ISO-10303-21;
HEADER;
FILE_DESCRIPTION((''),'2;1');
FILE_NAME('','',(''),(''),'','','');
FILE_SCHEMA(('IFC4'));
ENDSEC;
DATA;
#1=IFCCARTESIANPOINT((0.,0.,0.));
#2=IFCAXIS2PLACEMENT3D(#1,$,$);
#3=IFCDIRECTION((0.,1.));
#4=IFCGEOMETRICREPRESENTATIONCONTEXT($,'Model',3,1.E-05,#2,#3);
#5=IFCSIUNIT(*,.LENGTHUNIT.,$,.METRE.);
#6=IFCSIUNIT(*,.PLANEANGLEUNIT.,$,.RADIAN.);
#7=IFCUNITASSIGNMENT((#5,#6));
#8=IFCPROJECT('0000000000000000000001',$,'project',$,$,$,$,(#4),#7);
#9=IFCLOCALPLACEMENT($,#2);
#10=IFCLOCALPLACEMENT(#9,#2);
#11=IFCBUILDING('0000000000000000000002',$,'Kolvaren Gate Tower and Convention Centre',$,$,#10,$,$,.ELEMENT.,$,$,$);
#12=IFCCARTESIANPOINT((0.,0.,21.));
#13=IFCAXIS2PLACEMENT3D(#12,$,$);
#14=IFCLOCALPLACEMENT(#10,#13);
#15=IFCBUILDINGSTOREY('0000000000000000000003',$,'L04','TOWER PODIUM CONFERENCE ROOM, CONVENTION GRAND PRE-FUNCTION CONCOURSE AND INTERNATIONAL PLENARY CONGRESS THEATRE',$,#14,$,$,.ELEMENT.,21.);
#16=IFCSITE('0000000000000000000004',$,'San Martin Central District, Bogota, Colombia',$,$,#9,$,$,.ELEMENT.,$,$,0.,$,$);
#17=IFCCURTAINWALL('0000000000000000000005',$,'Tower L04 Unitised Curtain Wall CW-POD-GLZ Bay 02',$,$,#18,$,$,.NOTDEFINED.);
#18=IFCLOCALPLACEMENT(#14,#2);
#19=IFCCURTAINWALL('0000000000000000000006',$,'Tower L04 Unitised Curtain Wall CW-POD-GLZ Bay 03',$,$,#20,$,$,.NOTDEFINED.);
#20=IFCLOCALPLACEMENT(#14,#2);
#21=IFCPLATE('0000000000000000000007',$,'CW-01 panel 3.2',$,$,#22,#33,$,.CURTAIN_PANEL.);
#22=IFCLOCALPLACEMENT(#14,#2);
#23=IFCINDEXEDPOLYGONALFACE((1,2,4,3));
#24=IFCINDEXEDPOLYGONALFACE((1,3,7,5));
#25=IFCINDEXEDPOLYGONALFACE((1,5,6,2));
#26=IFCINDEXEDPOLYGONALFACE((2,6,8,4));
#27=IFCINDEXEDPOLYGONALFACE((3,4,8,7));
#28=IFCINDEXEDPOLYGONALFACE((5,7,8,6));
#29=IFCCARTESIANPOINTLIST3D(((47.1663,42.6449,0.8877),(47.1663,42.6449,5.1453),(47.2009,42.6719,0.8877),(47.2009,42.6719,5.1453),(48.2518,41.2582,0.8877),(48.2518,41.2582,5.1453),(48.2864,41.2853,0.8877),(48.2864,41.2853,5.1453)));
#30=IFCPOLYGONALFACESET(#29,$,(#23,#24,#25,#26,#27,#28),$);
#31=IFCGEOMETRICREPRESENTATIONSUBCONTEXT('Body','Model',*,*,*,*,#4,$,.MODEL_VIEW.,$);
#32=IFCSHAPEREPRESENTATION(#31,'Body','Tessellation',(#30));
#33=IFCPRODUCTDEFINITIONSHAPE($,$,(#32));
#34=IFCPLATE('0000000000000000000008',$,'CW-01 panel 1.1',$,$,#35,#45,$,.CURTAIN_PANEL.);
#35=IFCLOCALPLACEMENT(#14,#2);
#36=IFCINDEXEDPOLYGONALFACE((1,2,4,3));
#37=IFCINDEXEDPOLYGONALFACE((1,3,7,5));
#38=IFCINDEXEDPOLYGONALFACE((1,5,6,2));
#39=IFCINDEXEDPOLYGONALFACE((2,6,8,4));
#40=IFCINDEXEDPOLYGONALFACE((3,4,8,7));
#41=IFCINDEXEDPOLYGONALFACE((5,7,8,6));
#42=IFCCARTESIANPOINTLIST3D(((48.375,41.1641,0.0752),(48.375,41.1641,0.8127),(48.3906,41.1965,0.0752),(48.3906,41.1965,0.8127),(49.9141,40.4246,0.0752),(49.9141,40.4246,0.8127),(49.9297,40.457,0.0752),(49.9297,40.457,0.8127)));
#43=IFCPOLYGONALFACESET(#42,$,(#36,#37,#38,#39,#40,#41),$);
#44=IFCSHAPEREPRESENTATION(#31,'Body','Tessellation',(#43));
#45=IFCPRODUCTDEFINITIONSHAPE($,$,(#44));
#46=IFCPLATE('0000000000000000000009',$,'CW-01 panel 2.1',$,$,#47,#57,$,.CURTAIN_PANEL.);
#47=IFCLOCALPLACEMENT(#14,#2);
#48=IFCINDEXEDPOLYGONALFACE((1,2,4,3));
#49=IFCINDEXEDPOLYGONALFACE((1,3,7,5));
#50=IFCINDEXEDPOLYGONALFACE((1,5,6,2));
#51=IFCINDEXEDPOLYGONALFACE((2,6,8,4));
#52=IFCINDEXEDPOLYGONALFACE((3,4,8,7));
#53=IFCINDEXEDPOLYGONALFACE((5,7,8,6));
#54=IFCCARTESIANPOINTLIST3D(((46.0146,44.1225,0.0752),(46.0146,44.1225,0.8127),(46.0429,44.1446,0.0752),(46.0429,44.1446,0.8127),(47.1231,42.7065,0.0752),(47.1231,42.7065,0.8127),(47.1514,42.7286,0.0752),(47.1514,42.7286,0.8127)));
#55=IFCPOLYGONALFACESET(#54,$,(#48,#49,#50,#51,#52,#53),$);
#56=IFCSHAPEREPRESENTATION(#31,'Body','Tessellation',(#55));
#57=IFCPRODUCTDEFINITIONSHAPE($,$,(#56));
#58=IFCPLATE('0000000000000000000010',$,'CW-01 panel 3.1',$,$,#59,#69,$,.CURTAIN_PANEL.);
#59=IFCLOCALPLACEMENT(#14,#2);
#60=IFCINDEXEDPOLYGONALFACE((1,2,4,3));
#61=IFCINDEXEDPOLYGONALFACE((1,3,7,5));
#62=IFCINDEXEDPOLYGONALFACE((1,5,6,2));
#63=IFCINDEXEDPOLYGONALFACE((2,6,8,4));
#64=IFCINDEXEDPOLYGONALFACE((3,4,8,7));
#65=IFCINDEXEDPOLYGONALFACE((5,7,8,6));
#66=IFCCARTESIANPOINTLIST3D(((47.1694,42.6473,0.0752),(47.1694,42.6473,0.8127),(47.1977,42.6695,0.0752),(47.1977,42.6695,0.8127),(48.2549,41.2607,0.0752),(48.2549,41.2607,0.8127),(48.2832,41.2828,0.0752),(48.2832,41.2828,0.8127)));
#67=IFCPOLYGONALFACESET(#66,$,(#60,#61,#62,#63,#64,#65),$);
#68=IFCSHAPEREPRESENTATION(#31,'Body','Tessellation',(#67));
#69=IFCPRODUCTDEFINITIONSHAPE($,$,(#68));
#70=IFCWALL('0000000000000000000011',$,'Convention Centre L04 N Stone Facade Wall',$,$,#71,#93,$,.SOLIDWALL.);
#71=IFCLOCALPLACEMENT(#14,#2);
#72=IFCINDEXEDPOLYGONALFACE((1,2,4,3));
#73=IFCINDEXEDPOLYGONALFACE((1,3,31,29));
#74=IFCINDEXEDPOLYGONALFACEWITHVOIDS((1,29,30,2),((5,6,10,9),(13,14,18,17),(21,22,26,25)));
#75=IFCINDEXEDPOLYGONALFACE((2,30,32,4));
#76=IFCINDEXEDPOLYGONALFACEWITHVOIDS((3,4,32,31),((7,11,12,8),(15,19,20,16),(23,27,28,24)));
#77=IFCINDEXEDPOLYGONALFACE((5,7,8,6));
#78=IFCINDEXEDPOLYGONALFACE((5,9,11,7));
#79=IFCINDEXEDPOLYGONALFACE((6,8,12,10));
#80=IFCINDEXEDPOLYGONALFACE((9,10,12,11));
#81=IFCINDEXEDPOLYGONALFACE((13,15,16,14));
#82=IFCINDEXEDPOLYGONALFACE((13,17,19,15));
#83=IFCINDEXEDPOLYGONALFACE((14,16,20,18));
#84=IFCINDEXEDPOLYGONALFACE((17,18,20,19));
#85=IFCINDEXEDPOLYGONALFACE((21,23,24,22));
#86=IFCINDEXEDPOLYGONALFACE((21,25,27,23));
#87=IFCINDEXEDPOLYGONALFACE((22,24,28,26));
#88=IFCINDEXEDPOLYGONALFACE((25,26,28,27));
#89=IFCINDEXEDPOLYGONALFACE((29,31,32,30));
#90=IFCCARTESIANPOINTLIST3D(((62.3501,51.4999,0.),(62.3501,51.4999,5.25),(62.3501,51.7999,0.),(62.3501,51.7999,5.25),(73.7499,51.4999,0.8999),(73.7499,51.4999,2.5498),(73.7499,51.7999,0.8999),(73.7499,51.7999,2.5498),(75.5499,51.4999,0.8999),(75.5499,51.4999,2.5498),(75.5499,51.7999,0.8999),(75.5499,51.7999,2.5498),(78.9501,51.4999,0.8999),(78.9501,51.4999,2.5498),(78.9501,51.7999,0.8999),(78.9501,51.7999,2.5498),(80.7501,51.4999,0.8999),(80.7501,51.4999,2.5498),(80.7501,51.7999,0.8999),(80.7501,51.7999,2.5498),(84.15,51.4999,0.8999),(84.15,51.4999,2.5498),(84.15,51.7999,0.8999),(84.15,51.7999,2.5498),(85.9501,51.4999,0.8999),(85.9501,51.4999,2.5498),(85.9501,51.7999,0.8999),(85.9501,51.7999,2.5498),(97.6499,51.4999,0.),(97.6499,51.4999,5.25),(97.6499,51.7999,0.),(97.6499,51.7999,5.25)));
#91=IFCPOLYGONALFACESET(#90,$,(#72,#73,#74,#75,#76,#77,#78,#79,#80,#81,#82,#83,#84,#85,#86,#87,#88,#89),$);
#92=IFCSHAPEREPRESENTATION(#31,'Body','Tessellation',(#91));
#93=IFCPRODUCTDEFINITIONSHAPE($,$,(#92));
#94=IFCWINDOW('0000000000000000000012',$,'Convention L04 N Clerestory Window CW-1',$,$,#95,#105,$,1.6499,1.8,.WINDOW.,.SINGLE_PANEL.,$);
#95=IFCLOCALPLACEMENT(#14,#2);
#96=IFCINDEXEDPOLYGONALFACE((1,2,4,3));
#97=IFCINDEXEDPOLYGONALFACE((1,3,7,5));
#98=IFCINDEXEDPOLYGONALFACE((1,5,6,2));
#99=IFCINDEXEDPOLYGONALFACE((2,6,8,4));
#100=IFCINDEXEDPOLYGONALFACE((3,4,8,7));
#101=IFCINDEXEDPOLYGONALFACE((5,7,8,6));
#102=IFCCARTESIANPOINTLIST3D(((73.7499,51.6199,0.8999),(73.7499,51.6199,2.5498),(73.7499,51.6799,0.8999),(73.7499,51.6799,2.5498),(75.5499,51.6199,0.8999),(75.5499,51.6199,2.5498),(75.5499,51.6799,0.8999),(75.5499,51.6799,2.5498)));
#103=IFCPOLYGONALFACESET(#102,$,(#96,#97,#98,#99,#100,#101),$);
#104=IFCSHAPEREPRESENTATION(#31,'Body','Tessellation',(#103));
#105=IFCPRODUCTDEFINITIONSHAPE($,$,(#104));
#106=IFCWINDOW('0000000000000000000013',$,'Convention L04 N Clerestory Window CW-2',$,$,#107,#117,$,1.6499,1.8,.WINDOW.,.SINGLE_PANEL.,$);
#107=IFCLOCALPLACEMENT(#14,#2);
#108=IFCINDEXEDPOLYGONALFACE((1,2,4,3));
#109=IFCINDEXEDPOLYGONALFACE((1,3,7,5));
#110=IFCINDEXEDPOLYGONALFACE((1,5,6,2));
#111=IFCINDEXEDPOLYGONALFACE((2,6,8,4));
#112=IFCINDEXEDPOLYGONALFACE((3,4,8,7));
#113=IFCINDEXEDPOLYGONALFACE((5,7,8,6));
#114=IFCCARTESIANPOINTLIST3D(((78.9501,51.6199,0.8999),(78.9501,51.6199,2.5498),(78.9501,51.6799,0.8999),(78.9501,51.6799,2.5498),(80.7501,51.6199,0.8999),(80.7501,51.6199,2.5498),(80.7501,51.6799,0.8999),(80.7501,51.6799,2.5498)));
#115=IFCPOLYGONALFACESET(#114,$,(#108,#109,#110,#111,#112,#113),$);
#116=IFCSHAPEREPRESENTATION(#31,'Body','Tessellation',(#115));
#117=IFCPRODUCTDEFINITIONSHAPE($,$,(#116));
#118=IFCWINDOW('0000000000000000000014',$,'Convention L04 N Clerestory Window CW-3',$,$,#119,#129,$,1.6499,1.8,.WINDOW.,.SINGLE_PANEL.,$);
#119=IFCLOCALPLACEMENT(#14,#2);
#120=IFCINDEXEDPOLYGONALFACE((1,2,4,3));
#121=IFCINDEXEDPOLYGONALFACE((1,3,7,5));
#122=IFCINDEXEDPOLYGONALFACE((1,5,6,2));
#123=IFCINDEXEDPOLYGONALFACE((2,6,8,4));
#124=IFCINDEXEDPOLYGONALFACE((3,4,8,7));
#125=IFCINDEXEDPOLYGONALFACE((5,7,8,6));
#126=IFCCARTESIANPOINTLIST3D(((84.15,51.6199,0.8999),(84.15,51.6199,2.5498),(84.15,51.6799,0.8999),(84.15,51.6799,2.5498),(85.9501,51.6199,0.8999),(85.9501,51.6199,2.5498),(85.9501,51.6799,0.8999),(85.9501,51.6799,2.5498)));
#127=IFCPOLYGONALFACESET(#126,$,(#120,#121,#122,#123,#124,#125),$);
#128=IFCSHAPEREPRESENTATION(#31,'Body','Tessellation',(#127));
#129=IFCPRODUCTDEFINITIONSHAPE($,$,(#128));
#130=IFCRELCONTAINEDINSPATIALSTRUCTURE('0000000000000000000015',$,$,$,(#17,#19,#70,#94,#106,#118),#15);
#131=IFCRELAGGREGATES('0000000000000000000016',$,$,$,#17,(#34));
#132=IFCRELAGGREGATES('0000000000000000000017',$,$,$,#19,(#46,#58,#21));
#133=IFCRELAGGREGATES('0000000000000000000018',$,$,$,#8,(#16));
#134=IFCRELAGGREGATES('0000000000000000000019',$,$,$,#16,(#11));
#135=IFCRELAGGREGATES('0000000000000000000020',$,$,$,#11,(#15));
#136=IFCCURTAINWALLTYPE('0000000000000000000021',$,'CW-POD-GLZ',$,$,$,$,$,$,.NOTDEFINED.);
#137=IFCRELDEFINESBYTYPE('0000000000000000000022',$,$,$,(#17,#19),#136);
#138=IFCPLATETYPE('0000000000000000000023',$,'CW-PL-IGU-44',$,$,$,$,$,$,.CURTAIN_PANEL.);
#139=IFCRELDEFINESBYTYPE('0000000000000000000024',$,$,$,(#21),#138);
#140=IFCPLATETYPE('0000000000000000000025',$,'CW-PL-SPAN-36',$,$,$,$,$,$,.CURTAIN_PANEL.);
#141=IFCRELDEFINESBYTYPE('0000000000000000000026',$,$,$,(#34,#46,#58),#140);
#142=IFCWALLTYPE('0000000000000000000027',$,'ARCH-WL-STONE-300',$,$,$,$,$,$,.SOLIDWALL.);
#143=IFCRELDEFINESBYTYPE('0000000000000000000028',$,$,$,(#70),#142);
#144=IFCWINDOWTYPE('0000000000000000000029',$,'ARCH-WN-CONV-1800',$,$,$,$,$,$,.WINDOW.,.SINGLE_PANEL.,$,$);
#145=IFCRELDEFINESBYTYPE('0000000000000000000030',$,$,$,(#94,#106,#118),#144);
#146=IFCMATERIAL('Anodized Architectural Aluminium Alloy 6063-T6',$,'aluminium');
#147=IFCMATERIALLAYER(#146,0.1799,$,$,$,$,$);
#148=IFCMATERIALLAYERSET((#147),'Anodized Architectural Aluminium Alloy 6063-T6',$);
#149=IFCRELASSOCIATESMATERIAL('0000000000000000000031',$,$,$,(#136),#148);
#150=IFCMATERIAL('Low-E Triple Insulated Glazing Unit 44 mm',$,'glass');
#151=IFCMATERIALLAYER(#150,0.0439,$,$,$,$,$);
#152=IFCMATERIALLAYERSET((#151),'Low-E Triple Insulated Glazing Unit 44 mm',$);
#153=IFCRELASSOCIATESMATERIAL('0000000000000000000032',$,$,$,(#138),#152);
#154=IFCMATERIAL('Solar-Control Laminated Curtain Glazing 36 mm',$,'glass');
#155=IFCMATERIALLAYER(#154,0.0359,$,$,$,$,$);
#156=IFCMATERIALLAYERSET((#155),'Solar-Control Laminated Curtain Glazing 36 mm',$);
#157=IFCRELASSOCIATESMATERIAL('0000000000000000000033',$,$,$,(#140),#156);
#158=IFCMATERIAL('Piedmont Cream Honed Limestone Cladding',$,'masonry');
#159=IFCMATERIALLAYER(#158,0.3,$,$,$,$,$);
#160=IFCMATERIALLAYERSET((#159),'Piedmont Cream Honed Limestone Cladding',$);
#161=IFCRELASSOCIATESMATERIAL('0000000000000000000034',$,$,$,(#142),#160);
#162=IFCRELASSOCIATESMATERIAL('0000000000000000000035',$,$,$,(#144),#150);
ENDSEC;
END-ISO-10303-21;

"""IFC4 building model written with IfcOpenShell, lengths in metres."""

from ifc_helpers import new_model, si_unit, direction, frame, frame_2d, origin, origin_2d, place, context, subcontext, project, spatial, rectangle, extrude, material, layer, layer_set, type_object, element, fill, aggregate, save


model = new_model("IFC4")

# Units and contexts
model_context = context("Model", 3, precision=1e-05, world=origin(), true_north=direction((0.0, 1.0)))
body_context = subcontext(model_context, "Body", "Model", "MODEL_VIEW")
ifc_project = project(units=[si_unit("LENGTHUNIT", "METRE"), si_unit("PLANEANGLEUNIT", "RADIAN")], contexts=[model_context])

# Site, building, storey
site_placement = place(None, origin())
site = spatial("IfcSite", under=ifc_project, at=site_placement, Name="San Martin Central District, Bogota, Colombia", CompositionType="ELEMENT", RefElevation=0.0)
building_placement = place(site_placement, origin())
building = spatial("IfcBuilding", under=site, at=building_placement, Name="Kolvaren Gate Tower and Convention Centre", CompositionType="ELEMENT")
storey_placement = place(building_placement, frame((0.0, 0.0, 21.0)))
storey = spatial("IfcBuildingStorey", under=building, at=storey_placement, Name="L04", Description="TOWER PODIUM CONFERENCE ROOM, CONVENTION GRAND PRE-FUNCTION CONCOURSE AND INTERNATIONAL PLENARY CONGRESS THEATRE", CompositionType="ELEMENT", Elevation=21.0)

# Curtain wall
ifc_material_1 = material(Name="Anodized Architectural Aluminium Alloy 6063-T6", Category="aluminium")
ifc_layer_1 = layer(ifc_material_1, 0.1799)
ifc_layer_set_1 = layer_set([ifc_layer_1], Name="Anodized Architectural Aluminium Alloy 6063-T6")
curtain_wall_type = type_object("IfcCurtainWallType", Name="CW-POD-GLZ", PredefinedType="NOTDEFINED", material=ifc_layer_set_1)
curtain_wall_1_placement = place(storey_placement, origin())
curtain_wall_1 = element("IfcCurtainWall", 1, at=curtain_wall_1_placement, inside=storey, type_object=curtain_wall_type, Name="Tower L04 Unitised Curtain Wall CW-POD-GLZ Bay 02", PredefinedType="NOTDEFINED")

# Curtain wall
curtain_wall_2_placement = place(storey_placement, origin())
curtain_wall_2 = element("IfcCurtainWall", 2, at=curtain_wall_2_placement, inside=storey, type_object=curtain_wall_type, Name="Tower L04 Unitised Curtain Wall CW-POD-GLZ Bay 03", PredefinedType="NOTDEFINED")

# Plates
ifc_material_2 = material(Name="Low-E Triple Insulated Glazing Unit 44 mm", Category="glass")
ifc_layer_2 = layer(ifc_material_2, 0.0439)
ifc_layer_set_2 = layer_set([ifc_layer_2], Name="Low-E Triple Insulated Glazing Unit 44 mm")
plate_type_1 = type_object("IfcPlateType", Name="CW-PL-IGU-44", PredefinedType="CURTAIN_PANEL", material=ifc_layer_set_2)
plate_1_placement = place(storey_placement, frame((47.7263, 41.9651, 0.8877), z_axis=(0.0, 0.0, 1.0), x_axis=(0.616426, -0.787413, 0.0)))
plate_1 = element("IfcPlate", 3, at=plate_1_placement, type_object=plate_type_1, Name="CW-01 panel 3.2", PredefinedType="CURTAIN_PANEL", context=body_context, shape_type="SweptSolid", body=[
    extrude(rectangle(XDim=1.761, YDim=0.0439, at=origin_2d()), origin(), (0.0, 0.0, 1.0), 4.2576),
])
ifc_material_3 = material(Name="Solar-Control Laminated Curtain Glazing 36 mm", Category="glass")
ifc_layer_3 = layer(ifc_material_3, 0.0359)
ifc_layer_set_3 = layer_set([ifc_layer_3], Name="Solar-Control Laminated Curtain Glazing 36 mm")
plate_type_2 = type_object("IfcPlateType", Name="CW-PL-SPAN-36", PredefinedType="CURTAIN_PANEL", material=ifc_layer_set_3)
plate_2_placement = place(storey_placement, frame((49.1523, 40.8105, 0.0752), z_axis=(0.0, 0.0, 1.0), x_axis=(0.901364, -0.433063, 0.0)))
plate_2 = element("IfcPlate", 4, at=plate_2_placement, type_object=plate_type_2, Name="CW-01 panel 1.1", PredefinedType="CURTAIN_PANEL", context=body_context, shape_type="SweptSolid", body=[
    extrude(rectangle(XDim=1.7075, YDim=0.0359, at=origin_2d()), origin(), (0.0, 0.0, 1.0), 0.7375),
])
aggregate(curtain_wall_1, [plate_2])
plate_3_placement = place(storey_placement, frame((46.583, 43.4255, 0.0752), z_axis=(0.0, 0.0, 1.0), x_axis=(0.616426, -0.787413, 0.0)))
plate_3 = element("IfcPlate", 5, at=plate_3_placement, type_object=plate_type_2, Name="CW-01 panel 2.1", PredefinedType="CURTAIN_PANEL", context=body_context, shape_type="SweptSolid", body=[
    extrude(rectangle(XDim=1.7983, YDim=0.0359, at=origin_2d()), origin(), (0.0, 0.0, 1.0), 0.7375),
])
plate_4_placement = place(storey_placement, frame((47.7263, 41.9651, 0.0752), z_axis=(0.0, 0.0, 1.0), x_axis=(0.616426, -0.787413, 0.0)))
plate_4 = element("IfcPlate", 6, at=plate_4_placement, type_object=plate_type_2, Name="CW-01 panel 3.1", PredefinedType="CURTAIN_PANEL", context=body_context, shape_type="SweptSolid", body=[
    extrude(rectangle(XDim=1.761, YDim=0.0359, at=origin_2d()), origin(), (0.0, 0.0, 1.0), 0.7375),
])
aggregate(curtain_wall_2, [plate_3, plate_4, plate_1])

# Wall, openings, windows
ifc_material_4 = material(Name="Piedmont Cream Honed Limestone Cladding", Category="masonry")
ifc_layer_4 = layer(ifc_material_4, 0.3)
ifc_layer_set_4 = layer_set([ifc_layer_4], Name="Piedmont Cream Honed Limestone Cladding")
wall_type = type_object("IfcWallType", Name="ARCH-WL-STONE-300", PredefinedType="SOLIDWALL", material=ifc_layer_set_4)
wall_placement = place(storey_placement, frame((62.3501, 51.6499, 0.0), z_axis=(0.0, 0.0, 1.0), x_axis=(1.0, 0.0, 0.0)))
wall = element("IfcWall", 7, at=wall_placement, inside=storey, type_object=wall_type, Name="Convention Centre L04 N Stone Facade Wall", PredefinedType="SOLIDWALL", context=body_context, shape_type="SweptSolid", body=[
    extrude(rectangle(XDim=35.2998, YDim=0.3, at=frame_2d((17.6499, 0.0))), origin(), (0.0, 0.0, 1.0), 5.25),
])
opening_1_placement = place(wall_placement, frame((11.3999, 0.0, 0.8999)))
opening_1 = element("IfcOpeningElement", 8, at=opening_1_placement, cuts=wall, PredefinedType="OPENING", context=body_context, shape_type="SweptSolid", body=[
    extrude(rectangle(XDim=1.8, YDim=1.6499, at=frame_2d((0.8999, 0.825))), frame((0.0, 0.1599, 0.0), z_axis=(0.0, -1.0, 0.0), x_axis=(1.0, 0.0, 0.0)), (0.0, 0.0, 1.0), 0.3201),
])
opening_2_placement = place(wall_placement, frame((16.6001, 0.0, 0.8999)))
opening_2 = element("IfcOpeningElement", 9, at=opening_2_placement, cuts=wall, PredefinedType="OPENING", context=body_context, shape_type="SweptSolid", body=[
    extrude(rectangle(XDim=1.8, YDim=1.6499, at=frame_2d((0.8999, 0.825))), frame((0.0, 0.1599, 0.0), z_axis=(0.0, -1.0, 0.0), x_axis=(1.0, 0.0, 0.0)), (0.0, 0.0, 1.0), 0.3201),
])
opening_3_placement = place(wall_placement, frame((21.8, 0.0, 0.8999)))
opening_3 = element("IfcOpeningElement", 10, at=opening_3_placement, cuts=wall, PredefinedType="OPENING", context=body_context, shape_type="SweptSolid", body=[
    extrude(rectangle(XDim=1.8, YDim=1.6499, at=frame_2d((0.8999, 0.825))), frame((0.0, 0.1599, 0.0), z_axis=(0.0, -1.0, 0.0), x_axis=(1.0, 0.0, 0.0)), (0.0, 0.0, 1.0), 0.3201),
])
window_type = type_object("IfcWindowType", Name="ARCH-WN-CONV-1800", PartitioningType="SINGLE_PANEL", PredefinedType="WINDOW", material=ifc_material_2)
window_1_placement = place(opening_1_placement, origin())
window_1 = element("IfcWindow", 11, at=window_1_placement, inside=storey, type_object=window_type, Name="Convention L04 N Clerestory Window CW-1", OverallHeight=1.6499, OverallWidth=1.8, PartitioningType="SINGLE_PANEL", PredefinedType="WINDOW", context=body_context, shape_type="SweptSolid", body=[
    extrude(rectangle(XDim=1.8, YDim=1.6499, at=frame_2d((0.8999, 0.825))), frame((0.0, 0.03, 0.0), z_axis=(0.0, -1.0, 0.0), x_axis=(1.0, 0.0, 0.0)), (0.0, 0.0, 1.0), 0.0601),
])
fill(opening_1, window_1)
window_2_placement = place(opening_2_placement, origin())
window_2 = element("IfcWindow", 12, at=window_2_placement, inside=storey, type_object=window_type, Name="Convention L04 N Clerestory Window CW-2", OverallHeight=1.6499, OverallWidth=1.8, PartitioningType="SINGLE_PANEL", PredefinedType="WINDOW", context=body_context, shape_type="SweptSolid", body=[
    extrude(rectangle(XDim=1.8, YDim=1.6499, at=frame_2d((0.8999, 0.825))), frame((0.0, 0.03, 0.0), z_axis=(0.0, -1.0, 0.0), x_axis=(1.0, 0.0, 0.0)), (0.0, 0.0, 1.0), 0.0601),
])
fill(opening_2, window_2)
window_3_placement = place(opening_3_placement, origin())
window_3 = element("IfcWindow", 13, at=window_3_placement, inside=storey, type_object=window_type, Name="Convention L04 N Clerestory Window CW-3", OverallHeight=1.6499, OverallWidth=1.8, PartitioningType="SINGLE_PANEL", PredefinedType="WINDOW", context=body_context, shape_type="SweptSolid", body=[
    extrude(rectangle(XDim=1.8, YDim=1.6499, at=frame_2d((0.8999, 0.825))), frame((0.0, 0.03, 0.0), z_axis=(0.0, -1.0, 0.0), x_axis=(1.0, 0.0, 0.0)), (0.0, 0.0, 1.0), 0.0601),
])
fill(opening_3, window_3)

save(model, "model.ifc")
